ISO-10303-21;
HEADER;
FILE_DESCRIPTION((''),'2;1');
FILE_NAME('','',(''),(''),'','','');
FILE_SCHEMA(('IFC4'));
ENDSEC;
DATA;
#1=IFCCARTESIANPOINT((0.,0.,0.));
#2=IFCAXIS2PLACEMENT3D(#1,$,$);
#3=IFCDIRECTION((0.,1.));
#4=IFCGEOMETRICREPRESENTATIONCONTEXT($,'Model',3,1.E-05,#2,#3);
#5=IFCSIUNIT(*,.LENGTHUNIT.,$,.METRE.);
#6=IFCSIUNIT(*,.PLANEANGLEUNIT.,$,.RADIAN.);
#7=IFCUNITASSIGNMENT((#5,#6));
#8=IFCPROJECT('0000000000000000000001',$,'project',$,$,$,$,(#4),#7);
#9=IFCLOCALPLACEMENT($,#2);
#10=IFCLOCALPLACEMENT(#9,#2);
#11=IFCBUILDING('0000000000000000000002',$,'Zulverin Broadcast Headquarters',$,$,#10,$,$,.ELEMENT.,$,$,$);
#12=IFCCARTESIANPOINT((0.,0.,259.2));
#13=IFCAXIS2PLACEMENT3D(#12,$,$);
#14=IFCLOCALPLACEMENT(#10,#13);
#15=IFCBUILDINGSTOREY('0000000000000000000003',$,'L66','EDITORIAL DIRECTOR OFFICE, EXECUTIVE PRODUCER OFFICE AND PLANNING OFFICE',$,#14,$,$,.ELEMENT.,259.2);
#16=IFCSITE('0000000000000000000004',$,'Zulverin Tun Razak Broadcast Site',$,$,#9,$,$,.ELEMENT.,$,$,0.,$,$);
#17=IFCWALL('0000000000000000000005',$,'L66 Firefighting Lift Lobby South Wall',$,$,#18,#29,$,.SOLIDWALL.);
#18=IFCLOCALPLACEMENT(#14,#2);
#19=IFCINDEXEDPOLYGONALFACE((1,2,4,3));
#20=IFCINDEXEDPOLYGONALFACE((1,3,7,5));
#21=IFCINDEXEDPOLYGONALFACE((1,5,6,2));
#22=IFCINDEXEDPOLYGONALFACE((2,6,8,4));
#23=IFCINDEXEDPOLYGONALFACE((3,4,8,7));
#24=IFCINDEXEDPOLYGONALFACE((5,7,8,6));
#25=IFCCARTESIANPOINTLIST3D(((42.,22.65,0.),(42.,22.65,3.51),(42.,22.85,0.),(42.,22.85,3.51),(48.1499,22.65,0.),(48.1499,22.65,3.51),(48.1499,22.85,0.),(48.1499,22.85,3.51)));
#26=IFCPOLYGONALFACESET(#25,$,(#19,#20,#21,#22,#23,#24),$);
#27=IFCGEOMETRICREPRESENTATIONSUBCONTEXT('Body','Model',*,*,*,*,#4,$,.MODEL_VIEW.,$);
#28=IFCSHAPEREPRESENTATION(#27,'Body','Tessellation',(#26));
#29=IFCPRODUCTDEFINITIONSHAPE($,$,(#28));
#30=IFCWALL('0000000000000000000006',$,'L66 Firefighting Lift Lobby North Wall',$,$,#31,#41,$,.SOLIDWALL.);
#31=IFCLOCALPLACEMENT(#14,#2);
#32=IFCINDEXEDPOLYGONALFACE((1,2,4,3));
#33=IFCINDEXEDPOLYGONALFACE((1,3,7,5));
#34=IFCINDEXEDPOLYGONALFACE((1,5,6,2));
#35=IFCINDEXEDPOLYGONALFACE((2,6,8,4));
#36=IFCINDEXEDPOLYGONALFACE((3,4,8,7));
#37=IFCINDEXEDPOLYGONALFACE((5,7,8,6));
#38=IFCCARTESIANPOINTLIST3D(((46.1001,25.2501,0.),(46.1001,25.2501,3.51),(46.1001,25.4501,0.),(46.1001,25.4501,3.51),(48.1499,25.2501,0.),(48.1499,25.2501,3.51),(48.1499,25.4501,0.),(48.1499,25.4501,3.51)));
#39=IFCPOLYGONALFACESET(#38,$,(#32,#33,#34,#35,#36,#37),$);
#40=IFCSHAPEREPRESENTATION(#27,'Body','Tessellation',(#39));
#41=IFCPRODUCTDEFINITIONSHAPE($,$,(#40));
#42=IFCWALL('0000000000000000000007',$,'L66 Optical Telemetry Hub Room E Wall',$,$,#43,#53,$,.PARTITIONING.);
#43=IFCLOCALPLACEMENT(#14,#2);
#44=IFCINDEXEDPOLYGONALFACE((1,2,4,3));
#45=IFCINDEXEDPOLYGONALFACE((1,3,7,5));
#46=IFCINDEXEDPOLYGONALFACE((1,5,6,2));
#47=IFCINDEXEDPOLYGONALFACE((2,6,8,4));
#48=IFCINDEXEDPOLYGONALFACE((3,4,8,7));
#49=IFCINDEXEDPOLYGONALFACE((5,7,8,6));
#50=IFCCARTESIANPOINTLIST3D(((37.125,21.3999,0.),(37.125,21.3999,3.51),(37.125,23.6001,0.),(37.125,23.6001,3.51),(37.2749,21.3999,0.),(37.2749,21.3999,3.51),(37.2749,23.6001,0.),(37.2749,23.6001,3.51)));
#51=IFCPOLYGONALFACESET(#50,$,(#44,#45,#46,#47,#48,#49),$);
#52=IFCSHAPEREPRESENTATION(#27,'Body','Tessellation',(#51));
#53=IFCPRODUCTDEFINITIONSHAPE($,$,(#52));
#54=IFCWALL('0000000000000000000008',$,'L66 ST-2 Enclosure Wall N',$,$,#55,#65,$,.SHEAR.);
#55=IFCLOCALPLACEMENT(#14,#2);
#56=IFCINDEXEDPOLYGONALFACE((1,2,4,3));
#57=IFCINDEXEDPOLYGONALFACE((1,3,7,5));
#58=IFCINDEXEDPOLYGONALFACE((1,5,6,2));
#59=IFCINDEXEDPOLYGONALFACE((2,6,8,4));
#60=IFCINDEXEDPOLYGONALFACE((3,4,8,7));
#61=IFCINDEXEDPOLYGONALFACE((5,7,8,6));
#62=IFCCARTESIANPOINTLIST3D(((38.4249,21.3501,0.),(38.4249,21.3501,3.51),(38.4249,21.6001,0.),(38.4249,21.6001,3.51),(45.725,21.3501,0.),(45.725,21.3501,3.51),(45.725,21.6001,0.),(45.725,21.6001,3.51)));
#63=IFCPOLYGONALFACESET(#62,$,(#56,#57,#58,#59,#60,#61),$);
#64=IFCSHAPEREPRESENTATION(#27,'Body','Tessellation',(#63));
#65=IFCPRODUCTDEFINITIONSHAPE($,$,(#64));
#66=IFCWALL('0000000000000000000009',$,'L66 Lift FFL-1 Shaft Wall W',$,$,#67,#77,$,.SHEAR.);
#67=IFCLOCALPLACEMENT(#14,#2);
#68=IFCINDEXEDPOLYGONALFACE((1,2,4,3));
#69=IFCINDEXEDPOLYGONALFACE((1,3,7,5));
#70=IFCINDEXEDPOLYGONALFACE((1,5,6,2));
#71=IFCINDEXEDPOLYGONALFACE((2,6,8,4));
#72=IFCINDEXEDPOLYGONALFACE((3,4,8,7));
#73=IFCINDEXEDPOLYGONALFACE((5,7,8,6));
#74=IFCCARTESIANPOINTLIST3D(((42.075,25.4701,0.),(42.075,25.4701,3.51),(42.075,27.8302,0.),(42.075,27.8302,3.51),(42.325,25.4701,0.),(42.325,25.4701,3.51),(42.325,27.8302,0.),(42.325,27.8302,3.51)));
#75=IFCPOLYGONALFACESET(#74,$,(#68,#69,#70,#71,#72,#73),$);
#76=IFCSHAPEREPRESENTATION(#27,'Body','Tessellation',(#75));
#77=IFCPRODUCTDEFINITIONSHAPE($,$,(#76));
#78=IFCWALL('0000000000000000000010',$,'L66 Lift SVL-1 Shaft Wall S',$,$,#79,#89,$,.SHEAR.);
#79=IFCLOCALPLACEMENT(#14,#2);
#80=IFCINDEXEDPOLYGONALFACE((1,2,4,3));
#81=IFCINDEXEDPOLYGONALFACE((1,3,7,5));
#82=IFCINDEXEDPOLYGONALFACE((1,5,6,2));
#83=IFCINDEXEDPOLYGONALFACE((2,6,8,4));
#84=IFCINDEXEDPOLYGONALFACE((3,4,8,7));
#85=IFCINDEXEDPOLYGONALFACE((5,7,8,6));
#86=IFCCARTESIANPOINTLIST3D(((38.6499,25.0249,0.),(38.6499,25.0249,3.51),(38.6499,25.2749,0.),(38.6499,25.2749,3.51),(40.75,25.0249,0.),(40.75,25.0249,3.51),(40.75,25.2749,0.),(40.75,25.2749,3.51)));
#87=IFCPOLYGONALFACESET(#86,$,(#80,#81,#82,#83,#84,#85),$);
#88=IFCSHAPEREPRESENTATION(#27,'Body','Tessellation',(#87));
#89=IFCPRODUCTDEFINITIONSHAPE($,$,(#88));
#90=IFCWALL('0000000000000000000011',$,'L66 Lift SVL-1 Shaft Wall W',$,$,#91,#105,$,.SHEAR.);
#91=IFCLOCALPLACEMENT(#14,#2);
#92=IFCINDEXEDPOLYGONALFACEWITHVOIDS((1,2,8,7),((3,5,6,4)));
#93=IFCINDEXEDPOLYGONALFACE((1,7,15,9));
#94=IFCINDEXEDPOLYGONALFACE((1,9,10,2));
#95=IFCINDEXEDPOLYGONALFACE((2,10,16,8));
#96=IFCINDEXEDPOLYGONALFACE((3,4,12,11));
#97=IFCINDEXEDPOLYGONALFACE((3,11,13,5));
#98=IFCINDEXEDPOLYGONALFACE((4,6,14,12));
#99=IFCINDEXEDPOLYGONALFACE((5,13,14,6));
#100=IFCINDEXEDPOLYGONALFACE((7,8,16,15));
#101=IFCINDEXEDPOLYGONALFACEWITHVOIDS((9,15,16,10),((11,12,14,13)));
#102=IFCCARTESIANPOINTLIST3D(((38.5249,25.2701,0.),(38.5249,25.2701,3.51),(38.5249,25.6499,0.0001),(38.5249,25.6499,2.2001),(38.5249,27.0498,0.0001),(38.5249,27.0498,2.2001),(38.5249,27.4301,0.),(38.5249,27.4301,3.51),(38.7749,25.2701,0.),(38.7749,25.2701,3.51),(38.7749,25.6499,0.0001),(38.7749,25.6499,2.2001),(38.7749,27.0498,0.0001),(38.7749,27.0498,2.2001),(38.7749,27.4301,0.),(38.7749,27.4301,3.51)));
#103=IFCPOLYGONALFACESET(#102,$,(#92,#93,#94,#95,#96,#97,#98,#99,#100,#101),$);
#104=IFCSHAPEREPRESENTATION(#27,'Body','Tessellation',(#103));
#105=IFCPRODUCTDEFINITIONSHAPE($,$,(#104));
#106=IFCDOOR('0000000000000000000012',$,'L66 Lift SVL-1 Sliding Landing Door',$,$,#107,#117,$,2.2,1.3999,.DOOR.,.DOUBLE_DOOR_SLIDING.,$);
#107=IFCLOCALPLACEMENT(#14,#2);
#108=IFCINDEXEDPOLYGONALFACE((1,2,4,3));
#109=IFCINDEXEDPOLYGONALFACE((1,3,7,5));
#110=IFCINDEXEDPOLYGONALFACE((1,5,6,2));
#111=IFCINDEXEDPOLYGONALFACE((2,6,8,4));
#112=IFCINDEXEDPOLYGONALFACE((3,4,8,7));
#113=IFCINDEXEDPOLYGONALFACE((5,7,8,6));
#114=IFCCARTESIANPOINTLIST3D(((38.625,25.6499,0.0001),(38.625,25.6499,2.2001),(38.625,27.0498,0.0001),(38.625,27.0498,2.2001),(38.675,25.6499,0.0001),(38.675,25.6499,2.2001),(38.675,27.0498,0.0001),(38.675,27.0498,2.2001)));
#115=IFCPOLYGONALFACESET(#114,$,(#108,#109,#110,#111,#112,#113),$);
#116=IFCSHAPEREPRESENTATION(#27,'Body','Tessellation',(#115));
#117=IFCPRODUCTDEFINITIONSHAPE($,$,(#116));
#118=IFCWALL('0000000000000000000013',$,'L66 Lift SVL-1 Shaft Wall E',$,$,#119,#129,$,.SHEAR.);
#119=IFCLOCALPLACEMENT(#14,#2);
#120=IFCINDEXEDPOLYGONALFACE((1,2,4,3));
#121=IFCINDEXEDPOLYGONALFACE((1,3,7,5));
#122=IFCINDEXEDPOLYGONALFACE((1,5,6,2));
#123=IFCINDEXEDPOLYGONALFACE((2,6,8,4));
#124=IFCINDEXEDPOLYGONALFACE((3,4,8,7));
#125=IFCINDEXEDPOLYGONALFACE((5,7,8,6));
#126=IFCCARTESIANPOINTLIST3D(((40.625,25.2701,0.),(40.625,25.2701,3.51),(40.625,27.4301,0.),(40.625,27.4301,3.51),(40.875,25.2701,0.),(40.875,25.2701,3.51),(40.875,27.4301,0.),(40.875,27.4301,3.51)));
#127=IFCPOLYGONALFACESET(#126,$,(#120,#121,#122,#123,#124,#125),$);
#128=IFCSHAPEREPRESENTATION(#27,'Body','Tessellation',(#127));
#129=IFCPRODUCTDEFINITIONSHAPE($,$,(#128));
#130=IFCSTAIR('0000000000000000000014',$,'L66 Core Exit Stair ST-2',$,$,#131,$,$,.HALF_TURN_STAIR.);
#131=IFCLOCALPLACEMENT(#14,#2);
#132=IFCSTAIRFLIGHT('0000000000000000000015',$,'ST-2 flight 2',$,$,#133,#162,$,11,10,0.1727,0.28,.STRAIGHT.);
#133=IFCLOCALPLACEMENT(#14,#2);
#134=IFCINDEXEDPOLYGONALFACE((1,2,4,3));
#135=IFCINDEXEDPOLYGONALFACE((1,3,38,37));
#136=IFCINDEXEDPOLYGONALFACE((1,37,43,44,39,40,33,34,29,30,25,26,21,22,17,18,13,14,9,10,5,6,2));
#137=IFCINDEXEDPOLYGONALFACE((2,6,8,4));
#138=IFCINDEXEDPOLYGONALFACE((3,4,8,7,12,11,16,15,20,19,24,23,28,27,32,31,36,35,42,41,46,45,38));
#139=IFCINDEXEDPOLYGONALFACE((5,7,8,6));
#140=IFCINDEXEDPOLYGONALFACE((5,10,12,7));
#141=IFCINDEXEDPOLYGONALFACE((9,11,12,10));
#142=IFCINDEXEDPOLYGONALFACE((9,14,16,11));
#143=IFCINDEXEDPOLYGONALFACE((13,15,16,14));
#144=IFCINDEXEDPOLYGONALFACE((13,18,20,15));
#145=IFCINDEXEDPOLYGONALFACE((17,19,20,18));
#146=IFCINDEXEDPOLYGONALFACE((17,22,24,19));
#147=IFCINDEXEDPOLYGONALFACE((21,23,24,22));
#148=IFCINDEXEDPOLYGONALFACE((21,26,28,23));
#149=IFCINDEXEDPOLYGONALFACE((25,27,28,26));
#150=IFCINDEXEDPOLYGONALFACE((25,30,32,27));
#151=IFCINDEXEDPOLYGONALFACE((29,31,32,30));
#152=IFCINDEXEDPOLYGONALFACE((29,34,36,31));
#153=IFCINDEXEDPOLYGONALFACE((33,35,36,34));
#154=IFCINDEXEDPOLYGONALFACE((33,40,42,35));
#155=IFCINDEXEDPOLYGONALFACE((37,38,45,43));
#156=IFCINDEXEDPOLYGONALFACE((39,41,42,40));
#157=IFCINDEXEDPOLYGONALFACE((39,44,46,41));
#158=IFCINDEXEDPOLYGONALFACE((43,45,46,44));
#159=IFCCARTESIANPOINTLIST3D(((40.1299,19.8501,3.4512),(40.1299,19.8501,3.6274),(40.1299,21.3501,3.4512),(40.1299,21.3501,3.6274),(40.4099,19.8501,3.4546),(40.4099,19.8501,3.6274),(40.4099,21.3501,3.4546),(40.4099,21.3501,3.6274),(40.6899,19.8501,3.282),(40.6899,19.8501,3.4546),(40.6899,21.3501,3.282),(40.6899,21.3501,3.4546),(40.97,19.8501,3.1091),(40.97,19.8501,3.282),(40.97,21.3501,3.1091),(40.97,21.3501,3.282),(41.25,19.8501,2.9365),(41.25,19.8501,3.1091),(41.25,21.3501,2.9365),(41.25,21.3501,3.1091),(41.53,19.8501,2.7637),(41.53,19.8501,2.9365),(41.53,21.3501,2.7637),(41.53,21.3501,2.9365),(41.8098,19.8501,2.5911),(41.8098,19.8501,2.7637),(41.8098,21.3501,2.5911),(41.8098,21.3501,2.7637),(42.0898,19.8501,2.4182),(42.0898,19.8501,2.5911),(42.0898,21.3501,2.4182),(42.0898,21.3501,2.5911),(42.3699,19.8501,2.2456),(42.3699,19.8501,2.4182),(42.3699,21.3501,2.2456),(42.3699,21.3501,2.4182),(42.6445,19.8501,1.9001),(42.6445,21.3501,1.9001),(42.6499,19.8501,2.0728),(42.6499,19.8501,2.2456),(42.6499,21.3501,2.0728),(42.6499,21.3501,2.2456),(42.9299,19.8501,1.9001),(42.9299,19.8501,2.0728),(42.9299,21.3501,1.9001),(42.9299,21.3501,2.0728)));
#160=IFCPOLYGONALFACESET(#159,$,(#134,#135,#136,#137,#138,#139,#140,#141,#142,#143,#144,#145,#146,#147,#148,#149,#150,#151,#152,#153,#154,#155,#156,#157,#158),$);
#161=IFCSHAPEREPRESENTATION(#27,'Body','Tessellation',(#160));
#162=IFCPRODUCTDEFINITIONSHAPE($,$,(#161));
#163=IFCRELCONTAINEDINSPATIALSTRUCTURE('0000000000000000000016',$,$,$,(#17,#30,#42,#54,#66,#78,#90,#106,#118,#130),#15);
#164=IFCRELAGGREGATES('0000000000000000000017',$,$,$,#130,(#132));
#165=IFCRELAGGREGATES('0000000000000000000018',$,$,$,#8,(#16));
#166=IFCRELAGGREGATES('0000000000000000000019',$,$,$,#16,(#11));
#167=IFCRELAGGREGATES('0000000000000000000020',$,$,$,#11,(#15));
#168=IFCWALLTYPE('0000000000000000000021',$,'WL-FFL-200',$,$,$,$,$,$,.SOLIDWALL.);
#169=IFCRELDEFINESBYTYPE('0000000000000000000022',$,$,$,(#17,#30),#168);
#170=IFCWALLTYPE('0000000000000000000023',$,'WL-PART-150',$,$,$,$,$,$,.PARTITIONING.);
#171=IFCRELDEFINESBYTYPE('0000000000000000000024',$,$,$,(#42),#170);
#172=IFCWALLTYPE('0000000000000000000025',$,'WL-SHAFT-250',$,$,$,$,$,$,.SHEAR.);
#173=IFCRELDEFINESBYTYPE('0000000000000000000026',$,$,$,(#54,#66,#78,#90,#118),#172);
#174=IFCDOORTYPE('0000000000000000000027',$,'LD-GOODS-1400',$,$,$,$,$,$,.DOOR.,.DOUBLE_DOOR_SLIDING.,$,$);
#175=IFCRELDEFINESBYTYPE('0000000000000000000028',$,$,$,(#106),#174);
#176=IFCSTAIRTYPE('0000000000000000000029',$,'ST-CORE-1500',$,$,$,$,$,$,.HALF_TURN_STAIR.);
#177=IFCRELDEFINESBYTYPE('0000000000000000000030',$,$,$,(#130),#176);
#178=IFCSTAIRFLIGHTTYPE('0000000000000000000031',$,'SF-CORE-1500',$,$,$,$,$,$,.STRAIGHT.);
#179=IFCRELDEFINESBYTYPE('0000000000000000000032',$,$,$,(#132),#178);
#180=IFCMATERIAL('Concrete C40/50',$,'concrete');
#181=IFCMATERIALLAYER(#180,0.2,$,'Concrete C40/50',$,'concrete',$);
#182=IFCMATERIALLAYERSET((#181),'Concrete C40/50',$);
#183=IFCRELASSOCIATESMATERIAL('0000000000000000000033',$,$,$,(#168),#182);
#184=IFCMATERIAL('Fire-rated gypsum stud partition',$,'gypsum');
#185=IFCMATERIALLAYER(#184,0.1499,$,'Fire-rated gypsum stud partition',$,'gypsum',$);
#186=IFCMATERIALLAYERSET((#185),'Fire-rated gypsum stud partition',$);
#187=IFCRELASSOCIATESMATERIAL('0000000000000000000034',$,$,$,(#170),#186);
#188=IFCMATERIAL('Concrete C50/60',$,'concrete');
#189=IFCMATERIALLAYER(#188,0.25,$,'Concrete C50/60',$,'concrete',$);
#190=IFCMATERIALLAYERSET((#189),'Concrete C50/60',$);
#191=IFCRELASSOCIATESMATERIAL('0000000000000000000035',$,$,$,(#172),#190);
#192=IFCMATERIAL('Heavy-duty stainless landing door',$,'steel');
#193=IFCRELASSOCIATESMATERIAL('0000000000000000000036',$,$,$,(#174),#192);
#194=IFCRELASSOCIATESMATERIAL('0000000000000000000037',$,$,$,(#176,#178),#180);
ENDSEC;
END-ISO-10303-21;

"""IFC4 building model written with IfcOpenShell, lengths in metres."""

from ifc_helpers import new_model, si_unit, direction, frame, frame_2d, origin, place, context, subcontext, project, spatial, polyline, rectangle, outline, extrude, material, layer, layer_set, type_object, element, fill, aggregate, save


model = new_model("IFC4")

# Units and contexts
model_context = context("Model", 3, precision=1e-05, world=origin(), true_north=direction((0.0, 1.0)))
body_context = subcontext(model_context, "Body", "Model", "MODEL_VIEW")
ifc_project = project(units=[si_unit("LENGTHUNIT", "METRE"), si_unit("PLANEANGLEUNIT", "RADIAN")], contexts=[model_context])

# Site, building, storey
site_placement = place(None, origin())
site = spatial("IfcSite", under=ifc_project, at=site_placement, Name="Zulverin Tun Razak Broadcast Site", CompositionType="ELEMENT", RefElevation=0.0)
building_placement = place(site_placement, origin())
building = spatial("IfcBuilding", under=site, at=building_placement, Name="Zulverin Broadcast Headquarters", CompositionType="ELEMENT")
storey_placement = place(building_placement, frame((0.0, 0.0, 259.2)))
storey = spatial("IfcBuildingStorey", under=building, at=storey_placement, Name="L66", Description="EDITORIAL DIRECTOR OFFICE, EXECUTIVE PRODUCER OFFICE AND PLANNING OFFICE", CompositionType="ELEMENT", Elevation=259.2)

# Shared definitions
ifc_material_1 = material(Name="Concrete C40/50", Category="concrete")
ifc_layer_1 = layer(ifc_material_1, 0.2, Name="Concrete C40/50", Category="concrete")
ifc_layer_set_1 = layer_set([ifc_layer_1], Name="Concrete C40/50")
wall_type_1 = type_object("IfcWallType", Name="WL-FFL-200", PredefinedType="SOLIDWALL", material=ifc_layer_set_1)

# Walls
wall_1_placement = place(storey_placement, frame((42.0, 22.75, 0.0), z_axis=(0.0, 0.0, 1.0), x_axis=(1.0, 0.0, 0.0)))
element("IfcWall", 1, at=wall_1_placement, inside=storey, type_object=wall_type_1, Name="L66 Firefighting Lift Lobby South Wall", PredefinedType="SOLIDWALL", context=body_context, shape_type="SweptSolid", body=[
    extrude(rectangle(XDim=6.1499, YDim=0.2, at=frame_2d((3.075, 0.0))), origin(), (0.0, 0.0, 1.0), 3.51),
])
wall_2_placement = place(storey_placement, frame((46.1001, 25.3501, 0.0), z_axis=(0.0, 0.0, 1.0), x_axis=(1.0, 0.0, 0.0)))
element("IfcWall", 2, at=wall_2_placement, inside=storey, type_object=wall_type_1, Name="L66 Firefighting Lift Lobby North Wall", PredefinedType="SOLIDWALL", context=body_context, shape_type="SweptSolid", body=[
    extrude(rectangle(XDim=2.0498, YDim=0.2, at=frame_2d((1.0249, 0.0))), origin(), (0.0, 0.0, 1.0), 3.51),
])
ifc_material_2 = material(Name="Fire-rated gypsum stud partition", Category="gypsum")
ifc_layer_2 = layer(ifc_material_2, 0.1499, Name="Fire-rated gypsum stud partition", Category="gypsum")
ifc_layer_set_2 = layer_set([ifc_layer_2], Name="Fire-rated gypsum stud partition")
wall_type_2 = type_object("IfcWallType", Name="WL-PART-150", PredefinedType="PARTITIONING", material=ifc_layer_set_2)
wall_3_placement = place(storey_placement, frame((37.2, 21.3999, 0.0), z_axis=(0.0, 0.0, 1.0), x_axis=(0.0, 1.0, 0.0)))
element("IfcWall", 3, at=wall_3_placement, inside=storey, type_object=wall_type_2, Name="L66 Optical Telemetry Hub Room E Wall", PredefinedType="PARTITIONING", context=body_context, shape_type="SweptSolid", body=[
    extrude(rectangle(XDim=2.2002, YDim=0.1499, at=frame_2d((1.1001, 0.0))), origin(), (0.0, 0.0, 1.0), 3.51),
])
ifc_material_3 = material(Name="Concrete C50/60", Category="concrete")
ifc_layer_3 = layer(ifc_material_3, 0.25, Name="Concrete C50/60", Category="concrete")
ifc_layer_set_3 = layer_set([ifc_layer_3], Name="Concrete C50/60")
wall_type_3 = type_object("IfcWallType", Name="WL-SHAFT-250", PredefinedType="SHEAR", material=ifc_layer_set_3)
wall_4_placement = place(storey_placement, frame((38.425, 21.4751, 0.0), z_axis=(0.0, 0.0, 1.0), x_axis=(1.0, 0.0, 0.0)))
element("IfcWall", 4, at=wall_4_placement, inside=storey, type_object=wall_type_3, Name="L66 ST-2 Enclosure Wall N", PredefinedType="SHEAR", context=body_context, shape_type="SweptSolid", body=[
    extrude(rectangle(XDim=7.3, YDim=0.25, at=frame_2d((3.6499, 0.0))), origin(), (0.0, 0.0, 1.0), 3.51),
])

# Wall
wall_5_placement = place(storey_placement, frame((42.2, 25.47, 0.0), z_axis=(0.0, 0.0, 1.0), x_axis=(0.0, 1.0, 0.0)))
element("IfcWall", 5, at=wall_5_placement, inside=storey, type_object=wall_type_3, Name="L66 Lift FFL-1 Shaft Wall W", PredefinedType="SHEAR", context=body_context, shape_type="SweptSolid", body=[
    extrude(rectangle(XDim=2.3601, YDim=0.25, at=frame_2d((1.1802, 0.0))), origin(), (0.0, 0.0, 1.0), 3.51),
])

# Wall
wall_6_placement = place(storey_placement, frame((38.6499, 25.1499, 0.0), z_axis=(0.0, 0.0, 1.0), x_axis=(1.0, 0.0, 0.0)))
element("IfcWall", 6, at=wall_6_placement, inside=storey, type_object=wall_type_3, Name="L66 Lift SVL-1 Shaft Wall S", PredefinedType="SHEAR", context=body_context, shape_type="SweptSolid", body=[
    extrude(rectangle(XDim=2.1001, YDim=0.25, at=frame_2d((1.05, 0.0))), origin(), (0.0, 0.0, 1.0), 3.51),
])

# Wall, opening, door
wall_7_placement = place(storey_placement, frame((38.6499, 25.27, 0.0), z_axis=(0.0, 0.0, 1.0), x_axis=(0.0, 1.0, 0.0)))
wall_7 = element("IfcWall", 7, at=wall_7_placement, inside=storey, type_object=wall_type_3, Name="L66 Lift SVL-1 Shaft Wall W", PredefinedType="SHEAR", context=body_context, shape_type="SweptSolid", body=[
    extrude(rectangle(XDim=2.1599, YDim=0.25, at=frame_2d((1.0801, 0.0))), origin(), (0.0, 0.0, 1.0), 3.51),
])
opening_1_placement = place(wall_7_placement, frame((0.3799, 0.0, 0.0)))
opening_1 = element("IfcOpeningElement", 8, at=opening_1_placement, cuts=wall_7, PredefinedType="OPENING", context=body_context, shape_type="SweptSolid", body=[
    extrude(rectangle(XDim=1.3999, YDim=2.2, at=frame_2d((0.7, 1.1001))), frame((0.0, 0.135, 0.0), z_axis=(0.0, -1.0, 0.0), x_axis=(1.0, 0.0, 0.0)), (0.0, 0.0, 1.0), 0.27),
])
ifc_material_4 = material(Name="Heavy-duty stainless landing door", Category="steel")
door_type_1 = type_object("IfcDoorType", Name="LD-GOODS-1400", OperationType="DOUBLE_DOOR_SLIDING", PredefinedType="DOOR", material=ifc_material_4)
door_1_placement = place(opening_1_placement, origin())
door_1 = element("IfcDoor", 9, at=door_1_placement, inside=storey, type_object=door_type_1, Name="L66 Lift SVL-1 Sliding Landing Door", OperationType="DOUBLE_DOOR_SLIDING", OverallHeight=2.2, OverallWidth=1.3999, PredefinedType="DOOR", context=body_context, shape_type="SweptSolid", body=[
    extrude(rectangle(XDim=1.3999, YDim=2.2, at=frame_2d((0.7, 1.1001))), frame((0.0, 0.0249, 0.0), z_axis=(0.0, -1.0, 0.0), x_axis=(1.0, 0.0, 0.0)), (0.0, 0.0, 1.0), 0.05),
])
fill(opening_1, door_1)

# Wall
wall_8_placement = place(storey_placement, frame((40.75, 25.27, 0.0), z_axis=(0.0, 0.0, 1.0), x_axis=(0.0, 1.0, 0.0)))
element("IfcWall", 10, at=wall_8_placement, inside=storey, type_object=wall_type_3, Name="L66 Lift SVL-1 Shaft Wall E", PredefinedType="SHEAR", context=body_context, shape_type="SweptSolid", body=[
    extrude(rectangle(XDim=2.1599, YDim=0.25, at=frame_2d((1.0801, 0.0))), origin(), (0.0, 0.0, 1.0), 3.51),
])

# Stair, stair flight
stair_type = type_object("IfcStairType", Name="ST-CORE-1500", PredefinedType="HALF_TURN_STAIR", material=ifc_material_1)
stair_placement = place(storey_placement, origin())
stair = element("IfcStair", 11, at=stair_placement, inside=storey, type_object=stair_type, Name="L66 Core Exit Stair ST-2", PredefinedType="HALF_TURN_STAIR")
stair_flight_type = type_object("IfcStairFlightType", Name="SF-CORE-1500", PredefinedType="STRAIGHT", material=ifc_material_1)
stair_flight_placement = place(storey_placement, frame((42.9299, 20.6001, 1.9001), z_axis=(0.0, 0.0, 1.0), x_axis=(-1.0, 0.0, 0.0)))
stair_flight = element("IfcStairFlight", 12, at=stair_flight_placement, type_object=stair_flight_type, Name="ST-2 flight 2", NumberOfRisers=11, NumberOfTreads=10, PredefinedType="STRAIGHT", RiserHeight=0.1727, TreadLength=0.28, context=body_context, shape_type="SweptSolid", body=[
    extrude(outline(polyline([(0.0, 0.0), (0.0, 0.1726), (0.28, 0.1726), (0.28, 0.3455), (0.5601, 0.3455), (0.5601, 0.5181), (0.8401, 0.5181), (0.8401, 0.6909), (1.1201, 0.6909), (1.1201, 0.8635), (1.3999, 0.8635), (1.3999, 1.0364), (1.6799, 1.0364), (1.6799, 1.209), (1.96, 1.209), (1.96, 1.3818), (2.24, 1.3818), (2.24, 1.5544), (2.52, 1.5544), (2.52, 1.7273), (2.8, 1.7273), (2.8, 1.8999), (2.8, 1.551), (0.2854, 0.0), (0.0, 0.0)])), frame((0.0, 0.75, 0.0), z_axis=(0.0, -1.0, 0.0), x_axis=(1.0, 0.0, 0.0)), (0.0, 0.0, 1.0), 1.5),
])
aggregate(stair, [stair_flight])

save(model, "model.ifc")
